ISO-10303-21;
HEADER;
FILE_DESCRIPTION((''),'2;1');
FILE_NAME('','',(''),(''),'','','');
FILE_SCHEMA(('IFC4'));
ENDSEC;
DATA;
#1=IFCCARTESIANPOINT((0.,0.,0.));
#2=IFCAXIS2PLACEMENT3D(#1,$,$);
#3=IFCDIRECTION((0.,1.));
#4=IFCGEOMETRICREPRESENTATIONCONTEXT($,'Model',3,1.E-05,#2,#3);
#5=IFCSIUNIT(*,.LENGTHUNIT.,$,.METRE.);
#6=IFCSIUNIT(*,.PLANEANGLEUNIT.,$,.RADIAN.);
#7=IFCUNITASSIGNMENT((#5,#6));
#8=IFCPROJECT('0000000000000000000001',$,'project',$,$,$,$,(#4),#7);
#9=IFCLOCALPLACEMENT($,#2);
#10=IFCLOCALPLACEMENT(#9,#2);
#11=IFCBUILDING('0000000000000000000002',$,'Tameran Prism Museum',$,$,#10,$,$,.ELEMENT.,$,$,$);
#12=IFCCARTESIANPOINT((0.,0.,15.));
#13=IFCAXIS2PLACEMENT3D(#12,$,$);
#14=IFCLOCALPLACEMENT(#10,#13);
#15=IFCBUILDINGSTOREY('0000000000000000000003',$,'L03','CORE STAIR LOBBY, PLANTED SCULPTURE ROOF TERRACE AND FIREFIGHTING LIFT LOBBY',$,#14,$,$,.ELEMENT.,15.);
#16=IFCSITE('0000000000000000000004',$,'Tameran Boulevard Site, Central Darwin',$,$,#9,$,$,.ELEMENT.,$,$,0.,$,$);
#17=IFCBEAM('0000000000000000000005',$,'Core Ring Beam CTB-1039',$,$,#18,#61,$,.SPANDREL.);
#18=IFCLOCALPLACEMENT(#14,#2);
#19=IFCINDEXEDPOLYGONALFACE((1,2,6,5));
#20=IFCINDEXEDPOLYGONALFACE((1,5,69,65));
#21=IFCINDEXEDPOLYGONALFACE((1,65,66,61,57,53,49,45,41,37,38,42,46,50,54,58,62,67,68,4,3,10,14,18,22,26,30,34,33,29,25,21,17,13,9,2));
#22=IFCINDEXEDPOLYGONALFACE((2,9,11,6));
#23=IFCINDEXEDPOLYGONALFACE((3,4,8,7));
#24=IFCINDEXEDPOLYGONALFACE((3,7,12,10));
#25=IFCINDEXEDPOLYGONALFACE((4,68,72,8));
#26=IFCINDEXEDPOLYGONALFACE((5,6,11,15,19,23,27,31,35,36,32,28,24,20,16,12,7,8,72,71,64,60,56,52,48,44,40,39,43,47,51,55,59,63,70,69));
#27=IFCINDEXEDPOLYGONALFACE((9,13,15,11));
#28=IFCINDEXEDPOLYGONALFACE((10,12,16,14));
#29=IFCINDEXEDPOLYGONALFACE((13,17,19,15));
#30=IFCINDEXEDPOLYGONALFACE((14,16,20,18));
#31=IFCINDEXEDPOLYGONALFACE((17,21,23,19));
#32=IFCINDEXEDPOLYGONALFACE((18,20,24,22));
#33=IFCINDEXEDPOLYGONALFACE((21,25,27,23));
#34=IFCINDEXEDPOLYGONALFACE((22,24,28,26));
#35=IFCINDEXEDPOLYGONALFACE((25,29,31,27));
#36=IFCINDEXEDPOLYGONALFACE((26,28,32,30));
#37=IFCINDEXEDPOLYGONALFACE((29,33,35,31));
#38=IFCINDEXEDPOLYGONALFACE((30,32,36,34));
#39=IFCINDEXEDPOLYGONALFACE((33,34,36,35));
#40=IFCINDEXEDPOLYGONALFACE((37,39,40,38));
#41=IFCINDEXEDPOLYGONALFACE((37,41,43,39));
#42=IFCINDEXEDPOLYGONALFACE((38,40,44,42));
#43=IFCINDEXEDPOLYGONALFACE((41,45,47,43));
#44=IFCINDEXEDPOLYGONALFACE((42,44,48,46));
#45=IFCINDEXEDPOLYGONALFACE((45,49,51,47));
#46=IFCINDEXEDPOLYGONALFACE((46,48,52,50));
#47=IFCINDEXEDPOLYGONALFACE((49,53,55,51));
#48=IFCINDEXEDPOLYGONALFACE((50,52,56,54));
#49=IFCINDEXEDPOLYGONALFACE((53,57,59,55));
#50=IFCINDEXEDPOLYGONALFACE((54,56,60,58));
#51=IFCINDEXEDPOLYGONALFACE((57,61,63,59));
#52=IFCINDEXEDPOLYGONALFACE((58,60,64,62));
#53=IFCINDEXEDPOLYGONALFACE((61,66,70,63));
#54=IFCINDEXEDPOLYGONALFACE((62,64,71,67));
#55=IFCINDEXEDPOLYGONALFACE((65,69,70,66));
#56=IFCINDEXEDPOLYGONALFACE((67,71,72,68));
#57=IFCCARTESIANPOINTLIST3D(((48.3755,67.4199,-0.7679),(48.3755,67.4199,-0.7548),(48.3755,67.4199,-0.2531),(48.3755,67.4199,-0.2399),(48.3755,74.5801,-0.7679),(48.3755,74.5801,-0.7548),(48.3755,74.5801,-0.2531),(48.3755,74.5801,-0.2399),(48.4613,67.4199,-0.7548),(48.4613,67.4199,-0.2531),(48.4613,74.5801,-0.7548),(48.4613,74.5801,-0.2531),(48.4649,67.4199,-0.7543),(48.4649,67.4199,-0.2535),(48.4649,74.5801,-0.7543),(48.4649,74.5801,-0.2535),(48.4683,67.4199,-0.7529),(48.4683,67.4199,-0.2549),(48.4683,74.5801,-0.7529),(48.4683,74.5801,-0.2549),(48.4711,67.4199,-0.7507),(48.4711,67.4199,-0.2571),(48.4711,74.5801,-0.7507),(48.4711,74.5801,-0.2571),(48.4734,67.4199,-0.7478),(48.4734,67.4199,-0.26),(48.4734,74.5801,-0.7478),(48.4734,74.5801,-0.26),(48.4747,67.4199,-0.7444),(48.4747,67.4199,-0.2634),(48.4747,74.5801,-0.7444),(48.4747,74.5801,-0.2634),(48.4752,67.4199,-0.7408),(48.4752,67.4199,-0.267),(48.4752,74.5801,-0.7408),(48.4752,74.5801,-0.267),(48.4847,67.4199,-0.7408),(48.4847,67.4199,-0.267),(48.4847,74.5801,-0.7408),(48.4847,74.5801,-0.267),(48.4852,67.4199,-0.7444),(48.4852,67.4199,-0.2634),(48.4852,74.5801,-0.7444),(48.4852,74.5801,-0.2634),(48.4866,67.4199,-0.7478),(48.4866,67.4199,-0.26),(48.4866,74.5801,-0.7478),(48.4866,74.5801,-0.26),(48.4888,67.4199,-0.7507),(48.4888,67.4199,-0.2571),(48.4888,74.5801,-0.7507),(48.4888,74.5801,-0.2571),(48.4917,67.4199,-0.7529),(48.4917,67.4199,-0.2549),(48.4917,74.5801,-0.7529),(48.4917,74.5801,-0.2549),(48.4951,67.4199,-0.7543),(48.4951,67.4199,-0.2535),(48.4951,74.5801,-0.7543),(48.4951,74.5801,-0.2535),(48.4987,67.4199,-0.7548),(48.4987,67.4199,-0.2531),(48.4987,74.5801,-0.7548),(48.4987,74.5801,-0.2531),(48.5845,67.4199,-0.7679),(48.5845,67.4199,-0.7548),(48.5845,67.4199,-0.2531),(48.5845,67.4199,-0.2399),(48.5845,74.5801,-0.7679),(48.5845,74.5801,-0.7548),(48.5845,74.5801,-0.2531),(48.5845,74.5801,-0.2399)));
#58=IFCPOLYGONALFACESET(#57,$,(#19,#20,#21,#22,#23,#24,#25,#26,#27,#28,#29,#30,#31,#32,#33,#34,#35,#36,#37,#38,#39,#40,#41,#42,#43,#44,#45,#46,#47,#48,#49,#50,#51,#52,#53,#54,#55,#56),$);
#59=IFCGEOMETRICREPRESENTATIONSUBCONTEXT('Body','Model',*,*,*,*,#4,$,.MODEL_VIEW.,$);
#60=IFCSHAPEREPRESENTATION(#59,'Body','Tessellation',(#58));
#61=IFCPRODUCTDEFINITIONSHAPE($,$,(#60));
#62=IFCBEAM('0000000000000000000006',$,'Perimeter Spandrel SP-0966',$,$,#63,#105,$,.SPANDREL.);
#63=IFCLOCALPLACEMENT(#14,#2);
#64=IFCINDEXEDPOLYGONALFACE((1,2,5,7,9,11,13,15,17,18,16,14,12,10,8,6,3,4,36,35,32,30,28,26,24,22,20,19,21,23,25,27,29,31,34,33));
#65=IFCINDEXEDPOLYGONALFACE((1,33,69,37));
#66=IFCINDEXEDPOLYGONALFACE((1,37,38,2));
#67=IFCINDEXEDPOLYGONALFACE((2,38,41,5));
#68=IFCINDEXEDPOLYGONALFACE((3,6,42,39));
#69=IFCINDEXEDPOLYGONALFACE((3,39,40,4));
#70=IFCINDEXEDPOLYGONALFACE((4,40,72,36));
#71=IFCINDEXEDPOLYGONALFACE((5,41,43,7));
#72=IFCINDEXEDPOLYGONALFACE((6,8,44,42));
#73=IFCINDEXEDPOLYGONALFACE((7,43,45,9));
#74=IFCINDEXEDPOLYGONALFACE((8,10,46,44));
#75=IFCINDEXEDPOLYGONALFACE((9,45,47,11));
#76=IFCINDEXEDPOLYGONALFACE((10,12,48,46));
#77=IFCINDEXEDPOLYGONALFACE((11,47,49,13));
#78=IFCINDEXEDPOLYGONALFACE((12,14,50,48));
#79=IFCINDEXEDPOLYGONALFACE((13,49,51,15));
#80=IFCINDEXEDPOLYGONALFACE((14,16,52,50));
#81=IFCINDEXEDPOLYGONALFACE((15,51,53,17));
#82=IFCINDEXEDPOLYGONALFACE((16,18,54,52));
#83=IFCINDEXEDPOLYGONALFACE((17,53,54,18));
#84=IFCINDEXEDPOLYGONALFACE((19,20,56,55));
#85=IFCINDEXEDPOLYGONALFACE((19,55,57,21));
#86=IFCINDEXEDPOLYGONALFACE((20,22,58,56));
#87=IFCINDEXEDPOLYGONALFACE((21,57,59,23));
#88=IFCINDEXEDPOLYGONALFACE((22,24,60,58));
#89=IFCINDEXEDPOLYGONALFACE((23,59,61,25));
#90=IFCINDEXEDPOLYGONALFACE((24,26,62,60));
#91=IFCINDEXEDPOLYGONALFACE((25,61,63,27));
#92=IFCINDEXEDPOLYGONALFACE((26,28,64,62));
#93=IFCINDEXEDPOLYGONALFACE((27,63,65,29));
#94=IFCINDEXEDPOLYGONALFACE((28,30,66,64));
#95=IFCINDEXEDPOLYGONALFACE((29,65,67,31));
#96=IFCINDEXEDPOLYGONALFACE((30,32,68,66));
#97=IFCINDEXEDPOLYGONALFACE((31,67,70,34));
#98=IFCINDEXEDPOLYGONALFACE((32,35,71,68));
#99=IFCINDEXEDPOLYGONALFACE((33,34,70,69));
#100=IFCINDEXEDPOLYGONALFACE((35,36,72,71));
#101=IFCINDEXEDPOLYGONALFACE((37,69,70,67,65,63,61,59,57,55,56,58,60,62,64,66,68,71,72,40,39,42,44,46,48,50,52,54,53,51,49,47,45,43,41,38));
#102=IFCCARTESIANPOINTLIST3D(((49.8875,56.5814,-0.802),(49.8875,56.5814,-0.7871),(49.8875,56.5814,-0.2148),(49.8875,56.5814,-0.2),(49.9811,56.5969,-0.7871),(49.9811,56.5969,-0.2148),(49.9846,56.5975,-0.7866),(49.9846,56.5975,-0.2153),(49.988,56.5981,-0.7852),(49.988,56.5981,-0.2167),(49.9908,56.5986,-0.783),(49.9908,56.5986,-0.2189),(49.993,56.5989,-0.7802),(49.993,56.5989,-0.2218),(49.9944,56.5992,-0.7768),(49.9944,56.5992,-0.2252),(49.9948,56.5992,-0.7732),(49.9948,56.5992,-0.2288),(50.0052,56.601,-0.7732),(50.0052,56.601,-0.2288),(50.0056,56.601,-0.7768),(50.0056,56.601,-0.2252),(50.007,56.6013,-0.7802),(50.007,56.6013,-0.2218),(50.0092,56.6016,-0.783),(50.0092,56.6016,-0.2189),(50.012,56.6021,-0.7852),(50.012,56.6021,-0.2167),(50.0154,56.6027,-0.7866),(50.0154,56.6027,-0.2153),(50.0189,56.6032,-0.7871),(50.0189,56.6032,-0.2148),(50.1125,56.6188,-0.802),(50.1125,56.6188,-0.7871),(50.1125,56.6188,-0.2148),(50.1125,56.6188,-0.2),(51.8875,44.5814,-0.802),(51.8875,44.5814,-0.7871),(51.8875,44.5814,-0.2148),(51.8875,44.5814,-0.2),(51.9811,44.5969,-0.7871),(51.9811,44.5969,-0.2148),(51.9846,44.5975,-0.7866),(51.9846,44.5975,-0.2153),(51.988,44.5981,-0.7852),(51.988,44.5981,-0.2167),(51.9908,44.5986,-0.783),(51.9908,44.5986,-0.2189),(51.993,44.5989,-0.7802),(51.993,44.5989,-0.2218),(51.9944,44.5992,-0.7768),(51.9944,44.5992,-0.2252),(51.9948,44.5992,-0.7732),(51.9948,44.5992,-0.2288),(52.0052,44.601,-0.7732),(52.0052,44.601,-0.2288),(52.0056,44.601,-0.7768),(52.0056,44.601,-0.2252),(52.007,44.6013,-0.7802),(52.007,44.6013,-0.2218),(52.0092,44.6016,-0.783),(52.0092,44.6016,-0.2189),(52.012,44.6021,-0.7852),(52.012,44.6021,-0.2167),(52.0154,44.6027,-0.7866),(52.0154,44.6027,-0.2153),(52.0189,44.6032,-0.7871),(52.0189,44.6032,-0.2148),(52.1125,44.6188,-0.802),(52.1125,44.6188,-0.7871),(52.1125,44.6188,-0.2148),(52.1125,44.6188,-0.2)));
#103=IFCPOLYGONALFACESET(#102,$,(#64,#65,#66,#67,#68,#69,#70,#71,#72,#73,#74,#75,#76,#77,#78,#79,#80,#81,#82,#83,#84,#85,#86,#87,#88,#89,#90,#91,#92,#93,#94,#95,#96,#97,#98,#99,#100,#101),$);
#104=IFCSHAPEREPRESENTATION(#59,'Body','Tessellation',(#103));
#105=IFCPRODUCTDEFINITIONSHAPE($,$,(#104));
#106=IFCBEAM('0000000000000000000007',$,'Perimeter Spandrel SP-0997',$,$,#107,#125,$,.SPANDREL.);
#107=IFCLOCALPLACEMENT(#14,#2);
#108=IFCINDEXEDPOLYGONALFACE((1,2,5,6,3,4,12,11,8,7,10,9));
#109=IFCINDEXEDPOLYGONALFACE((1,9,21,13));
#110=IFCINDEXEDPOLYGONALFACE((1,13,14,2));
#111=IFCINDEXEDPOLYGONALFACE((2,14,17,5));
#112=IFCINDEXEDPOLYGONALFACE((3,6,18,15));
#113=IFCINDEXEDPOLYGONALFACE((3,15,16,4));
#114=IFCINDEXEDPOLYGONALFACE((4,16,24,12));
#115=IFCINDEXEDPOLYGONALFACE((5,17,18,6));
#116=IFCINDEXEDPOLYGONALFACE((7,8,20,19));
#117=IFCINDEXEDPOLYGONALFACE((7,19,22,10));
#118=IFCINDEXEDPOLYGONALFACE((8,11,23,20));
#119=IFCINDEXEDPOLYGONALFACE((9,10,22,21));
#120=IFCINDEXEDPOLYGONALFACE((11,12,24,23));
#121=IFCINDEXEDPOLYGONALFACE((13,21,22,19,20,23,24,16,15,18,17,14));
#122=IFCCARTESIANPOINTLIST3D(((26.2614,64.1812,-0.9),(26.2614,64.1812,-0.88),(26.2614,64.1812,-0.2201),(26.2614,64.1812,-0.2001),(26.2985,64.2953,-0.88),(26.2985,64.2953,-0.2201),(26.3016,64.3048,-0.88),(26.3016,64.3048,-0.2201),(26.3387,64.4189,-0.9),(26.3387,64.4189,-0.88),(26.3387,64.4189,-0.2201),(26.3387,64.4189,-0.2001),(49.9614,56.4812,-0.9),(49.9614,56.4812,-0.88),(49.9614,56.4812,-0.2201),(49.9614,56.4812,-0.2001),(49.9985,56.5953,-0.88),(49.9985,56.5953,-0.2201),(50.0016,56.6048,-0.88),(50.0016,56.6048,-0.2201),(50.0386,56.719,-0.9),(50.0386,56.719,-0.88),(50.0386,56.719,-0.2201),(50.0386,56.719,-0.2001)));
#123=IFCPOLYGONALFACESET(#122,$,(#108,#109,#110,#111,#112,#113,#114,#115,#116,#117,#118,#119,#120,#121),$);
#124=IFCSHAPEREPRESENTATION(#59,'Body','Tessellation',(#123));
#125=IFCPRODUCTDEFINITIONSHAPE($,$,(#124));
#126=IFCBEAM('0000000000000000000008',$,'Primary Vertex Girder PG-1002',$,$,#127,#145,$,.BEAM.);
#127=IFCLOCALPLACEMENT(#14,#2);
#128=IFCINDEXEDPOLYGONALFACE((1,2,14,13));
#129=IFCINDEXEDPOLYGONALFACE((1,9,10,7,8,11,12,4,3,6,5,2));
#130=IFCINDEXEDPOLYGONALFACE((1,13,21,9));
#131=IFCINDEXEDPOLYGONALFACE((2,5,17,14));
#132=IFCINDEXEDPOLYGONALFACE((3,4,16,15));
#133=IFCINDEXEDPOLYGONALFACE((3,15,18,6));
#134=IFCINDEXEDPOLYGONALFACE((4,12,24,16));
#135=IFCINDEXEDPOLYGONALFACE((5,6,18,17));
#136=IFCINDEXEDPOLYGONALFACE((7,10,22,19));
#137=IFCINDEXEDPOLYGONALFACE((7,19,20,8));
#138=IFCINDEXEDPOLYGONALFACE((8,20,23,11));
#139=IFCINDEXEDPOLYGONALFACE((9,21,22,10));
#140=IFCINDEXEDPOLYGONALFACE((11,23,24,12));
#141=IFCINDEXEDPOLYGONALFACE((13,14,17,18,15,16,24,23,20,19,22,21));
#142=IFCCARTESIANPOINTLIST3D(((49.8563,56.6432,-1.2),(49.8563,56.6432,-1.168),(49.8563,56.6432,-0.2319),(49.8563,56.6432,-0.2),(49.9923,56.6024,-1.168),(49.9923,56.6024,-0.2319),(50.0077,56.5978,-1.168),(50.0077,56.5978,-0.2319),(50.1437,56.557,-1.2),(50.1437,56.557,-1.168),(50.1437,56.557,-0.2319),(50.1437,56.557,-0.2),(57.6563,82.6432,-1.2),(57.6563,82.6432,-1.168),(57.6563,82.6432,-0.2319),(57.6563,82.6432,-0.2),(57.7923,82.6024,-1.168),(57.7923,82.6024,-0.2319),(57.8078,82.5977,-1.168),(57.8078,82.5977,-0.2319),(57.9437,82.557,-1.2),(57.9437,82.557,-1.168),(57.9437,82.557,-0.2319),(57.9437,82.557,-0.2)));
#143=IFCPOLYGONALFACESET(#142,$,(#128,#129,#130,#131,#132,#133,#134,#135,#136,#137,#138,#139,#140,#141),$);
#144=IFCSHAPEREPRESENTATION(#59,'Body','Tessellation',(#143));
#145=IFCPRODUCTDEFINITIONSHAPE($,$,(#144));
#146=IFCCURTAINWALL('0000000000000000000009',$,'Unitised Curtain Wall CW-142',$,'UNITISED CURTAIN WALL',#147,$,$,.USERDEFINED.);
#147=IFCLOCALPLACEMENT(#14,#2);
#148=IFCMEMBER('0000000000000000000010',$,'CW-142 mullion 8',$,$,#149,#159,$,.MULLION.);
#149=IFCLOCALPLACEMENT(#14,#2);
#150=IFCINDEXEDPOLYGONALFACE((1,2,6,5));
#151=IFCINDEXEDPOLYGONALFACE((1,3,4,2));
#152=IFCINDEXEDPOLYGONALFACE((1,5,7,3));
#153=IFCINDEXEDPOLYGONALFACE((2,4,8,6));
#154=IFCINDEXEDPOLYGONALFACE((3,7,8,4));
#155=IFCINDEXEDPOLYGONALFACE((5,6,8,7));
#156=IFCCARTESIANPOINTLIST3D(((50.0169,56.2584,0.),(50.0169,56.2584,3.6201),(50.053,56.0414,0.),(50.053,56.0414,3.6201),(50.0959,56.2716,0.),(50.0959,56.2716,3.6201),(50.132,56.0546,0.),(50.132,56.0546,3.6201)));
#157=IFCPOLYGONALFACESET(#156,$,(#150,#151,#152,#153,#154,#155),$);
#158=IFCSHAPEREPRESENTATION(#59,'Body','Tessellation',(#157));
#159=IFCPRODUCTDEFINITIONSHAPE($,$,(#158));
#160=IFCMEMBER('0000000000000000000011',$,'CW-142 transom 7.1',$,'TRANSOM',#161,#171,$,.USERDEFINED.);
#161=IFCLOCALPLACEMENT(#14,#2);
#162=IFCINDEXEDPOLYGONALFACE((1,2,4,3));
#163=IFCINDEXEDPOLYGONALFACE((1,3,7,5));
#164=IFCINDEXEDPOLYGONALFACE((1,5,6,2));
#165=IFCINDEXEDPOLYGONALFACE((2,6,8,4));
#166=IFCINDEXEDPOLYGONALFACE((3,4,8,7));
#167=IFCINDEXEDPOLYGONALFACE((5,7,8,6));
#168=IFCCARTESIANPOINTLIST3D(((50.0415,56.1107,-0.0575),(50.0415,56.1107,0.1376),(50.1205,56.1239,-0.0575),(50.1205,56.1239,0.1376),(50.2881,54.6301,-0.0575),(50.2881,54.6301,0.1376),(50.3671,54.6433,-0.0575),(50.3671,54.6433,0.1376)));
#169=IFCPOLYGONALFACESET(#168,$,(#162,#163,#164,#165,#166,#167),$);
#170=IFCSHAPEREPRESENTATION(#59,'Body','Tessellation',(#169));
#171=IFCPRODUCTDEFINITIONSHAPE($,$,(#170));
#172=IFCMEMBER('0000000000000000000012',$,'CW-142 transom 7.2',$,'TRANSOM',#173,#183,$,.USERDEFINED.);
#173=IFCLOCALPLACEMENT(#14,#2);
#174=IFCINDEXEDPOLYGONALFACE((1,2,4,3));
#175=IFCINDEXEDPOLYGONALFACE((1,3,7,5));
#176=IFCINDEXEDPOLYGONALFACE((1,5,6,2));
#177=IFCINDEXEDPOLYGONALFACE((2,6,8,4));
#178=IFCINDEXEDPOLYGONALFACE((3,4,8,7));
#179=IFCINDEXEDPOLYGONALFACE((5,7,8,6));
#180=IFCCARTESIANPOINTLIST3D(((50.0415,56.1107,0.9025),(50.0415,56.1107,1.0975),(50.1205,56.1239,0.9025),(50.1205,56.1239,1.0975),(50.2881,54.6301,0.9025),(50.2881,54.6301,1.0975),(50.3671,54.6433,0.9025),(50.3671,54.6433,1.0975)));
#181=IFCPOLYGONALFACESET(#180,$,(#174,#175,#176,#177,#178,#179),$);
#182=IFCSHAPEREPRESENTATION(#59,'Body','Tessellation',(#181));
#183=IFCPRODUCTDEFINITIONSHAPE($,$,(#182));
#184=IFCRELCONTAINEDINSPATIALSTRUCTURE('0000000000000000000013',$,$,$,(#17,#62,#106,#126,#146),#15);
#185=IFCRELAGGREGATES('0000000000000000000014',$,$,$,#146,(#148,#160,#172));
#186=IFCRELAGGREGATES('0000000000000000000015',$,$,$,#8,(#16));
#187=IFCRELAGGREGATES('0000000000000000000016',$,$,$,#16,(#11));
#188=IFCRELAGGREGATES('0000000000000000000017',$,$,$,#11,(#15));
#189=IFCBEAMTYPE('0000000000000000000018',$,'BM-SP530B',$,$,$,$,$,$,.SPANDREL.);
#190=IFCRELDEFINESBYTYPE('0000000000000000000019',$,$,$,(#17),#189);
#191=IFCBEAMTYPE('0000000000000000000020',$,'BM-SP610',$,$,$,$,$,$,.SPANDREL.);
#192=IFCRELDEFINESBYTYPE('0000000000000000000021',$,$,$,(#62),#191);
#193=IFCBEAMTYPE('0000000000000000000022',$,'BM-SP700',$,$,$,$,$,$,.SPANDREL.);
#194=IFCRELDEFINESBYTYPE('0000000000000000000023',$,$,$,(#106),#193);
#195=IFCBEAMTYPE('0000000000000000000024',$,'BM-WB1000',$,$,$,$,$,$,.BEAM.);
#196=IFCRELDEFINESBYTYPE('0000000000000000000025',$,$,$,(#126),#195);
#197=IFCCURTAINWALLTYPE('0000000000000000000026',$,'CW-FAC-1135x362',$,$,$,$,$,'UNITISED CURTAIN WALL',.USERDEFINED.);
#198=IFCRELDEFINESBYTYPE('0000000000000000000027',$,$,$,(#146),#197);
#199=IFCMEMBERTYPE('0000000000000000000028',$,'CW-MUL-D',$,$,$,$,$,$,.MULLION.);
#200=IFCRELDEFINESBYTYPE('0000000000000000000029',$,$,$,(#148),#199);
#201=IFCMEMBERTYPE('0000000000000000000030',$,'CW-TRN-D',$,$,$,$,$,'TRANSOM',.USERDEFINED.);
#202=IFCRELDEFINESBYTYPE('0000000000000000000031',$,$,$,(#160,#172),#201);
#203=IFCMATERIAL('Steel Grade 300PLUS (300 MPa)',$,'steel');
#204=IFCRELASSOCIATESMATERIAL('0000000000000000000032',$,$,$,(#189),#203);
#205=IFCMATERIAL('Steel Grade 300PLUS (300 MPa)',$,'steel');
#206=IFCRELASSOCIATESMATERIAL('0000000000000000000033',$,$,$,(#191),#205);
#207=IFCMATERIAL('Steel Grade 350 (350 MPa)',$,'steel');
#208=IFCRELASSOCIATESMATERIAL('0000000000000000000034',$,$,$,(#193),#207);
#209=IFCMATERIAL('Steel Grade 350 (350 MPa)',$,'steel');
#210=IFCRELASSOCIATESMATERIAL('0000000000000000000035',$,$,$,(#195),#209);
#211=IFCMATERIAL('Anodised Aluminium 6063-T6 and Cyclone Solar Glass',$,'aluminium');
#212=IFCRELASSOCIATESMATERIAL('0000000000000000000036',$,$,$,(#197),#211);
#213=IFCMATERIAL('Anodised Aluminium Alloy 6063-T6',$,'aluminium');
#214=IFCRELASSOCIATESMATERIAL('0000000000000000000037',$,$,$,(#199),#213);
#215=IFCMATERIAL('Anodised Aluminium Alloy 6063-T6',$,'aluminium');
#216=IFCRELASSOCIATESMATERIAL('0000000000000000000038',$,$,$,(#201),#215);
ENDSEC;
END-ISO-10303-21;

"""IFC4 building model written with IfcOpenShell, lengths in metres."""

from ifc_helpers import new_model, si_unit, direction, frame, origin, origin_2d, place, context, subcontext, project, spatial, rectangle, i_section, extrude, material, material_profile, profile_set, type_object, element, aggregate, save


model = new_model("IFC4")

# Units and contexts
model_context = context("Model", 3, precision=1e-05, world=origin(), true_north=direction((0.0, 1.0)))
body_context = subcontext(model_context, "Body", "Model", "MODEL_VIEW")
ifc_project = project(units=[si_unit("LENGTHUNIT", "METRE"), si_unit("PLANEANGLEUNIT", "RADIAN")], contexts=[model_context])

# Site, building, storey
site_placement = place(None, origin())
site = spatial("IfcSite", under=ifc_project, at=site_placement, Name="Tameran Boulevard Site, Central Darwin", CompositionType="ELEMENT", RefElevation=0.0)
building_placement = place(site_placement, origin())
building = spatial("IfcBuilding", under=site, at=building_placement, Name="Tameran Prism Museum", CompositionType="ELEMENT")
storey_placement = place(building_placement, frame((0.0, 0.0, 15.0)))
storey = spatial("IfcBuildingStorey", under=building, at=storey_placement, Name="L03", Description="CORE STAIR LOBBY, PLANTED SCULPTURE ROOF TERRACE AND FIREFIGHTING LIFT LOBBY", CompositionType="ELEMENT", Elevation=15.0)

# Beams
ifc_material_1 = material(Name="Steel Grade 300PLUS (300 MPa)", Category="steel")
ifc_material_profile_1 = material_profile(ifc_material_1, i_section(OverallWidth=0.209, OverallDepth=0.5281, WebThickness=0.0095, FlangeThickness=0.0132, FilletRadius=0.0139, at=origin_2d()))
ifc_profile_set_1 = profile_set([ifc_material_profile_1])
beam_type_1 = type_object("IfcBeamType", Name="BM-SP530B", PredefinedType="SPANDREL", material=ifc_profile_set_1)
beam_1_placement = place(storey_placement, frame((48.48, 67.4199, -0.5039), z_axis=(0.0, 1.0, 0.0), x_axis=(-1.0, 0.0, 0.0)))
element("IfcBeam", 1, at=beam_1_placement, inside=storey, type_object=beam_type_1, Name="Core Ring Beam CTB-1039", PredefinedType="SPANDREL", context=body_context, shape_type="SweptSolid", body=[
    extrude(i_section(OverallWidth=0.209, OverallDepth=0.5281, WebThickness=0.0095, FlangeThickness=0.0132, FilletRadius=0.0139, at=origin_2d()), origin(), (0.0, 0.0, 1.0), 7.1602),
])
ifc_material_2 = material(Name="Steel Grade 300PLUS (300 MPa)", Category="steel")
ifc_material_profile_2 = material_profile(ifc_material_2, i_section(OverallWidth=0.228, OverallDepth=0.6021, WebThickness=0.0105, FlangeThickness=0.0149, FilletRadius=0.0139, at=origin_2d()))
ifc_profile_set_2 = profile_set([ifc_material_profile_2])
beam_type_2 = type_object("IfcBeamType", Name="BM-SP610", PredefinedType="SPANDREL", material=ifc_profile_set_2)
beam_2_placement = place(storey_placement, frame((50.0, 56.6001, -0.501), z_axis=(0.164399, -0.986394, 0.0), x_axis=(0.986394, 0.164399, 0.0)))
element("IfcBeam", 2, at=beam_2_placement, inside=storey, type_object=beam_type_2, Name="Perimeter Spandrel SP-0966", PredefinedType="SPANDREL", context=body_context, shape_type="SweptSolid", body=[
    extrude(i_section(OverallWidth=0.228, OverallDepth=0.6021, WebThickness=0.0105, FlangeThickness=0.0149, FilletRadius=0.0139, at=origin_2d()), origin(), (0.0, 0.0, 1.0), 12.1655),
])
ifc_material_3 = material(Name="Steel Grade 350 (350 MPa)", Category="steel")
ifc_material_profile_3 = material_profile(ifc_material_3, i_section(OverallWidth=0.25, OverallDepth=0.7, WebThickness=0.01, FlangeThickness=0.02, at=origin_2d()))
ifc_profile_set_3 = profile_set([ifc_material_profile_3])
beam_type_3 = type_object("IfcBeamType", Name="BM-SP700", PredefinedType="SPANDREL", material=ifc_profile_set_3)
beam_3_placement = place(storey_placement, frame((26.3, 64.3, -0.55), z_axis=(0.951064, -0.308994, 0.0), x_axis=(0.308994, 0.951064, 0.0)))
element("IfcBeam", 3, at=beam_3_placement, inside=storey, type_object=beam_type_3, Name="Perimeter Spandrel SP-0997", PredefinedType="SPANDREL", context=body_context, shape_type="SweptSolid", body=[
    extrude(i_section(OverallWidth=0.25, OverallDepth=0.7, WebThickness=0.01, FlangeThickness=0.02, at=origin_2d()), origin(), (0.0, 0.0, 1.0), 24.9194),
])
ifc_material_4 = material(Name="Steel Grade 350 (350 MPa)", Category="steel")
ifc_material_profile_4 = material_profile(ifc_material_4, i_section(OverallWidth=0.3, OverallDepth=1.0, WebThickness=0.0161, FlangeThickness=0.032, at=origin_2d()))
ifc_profile_set_4 = profile_set([ifc_material_profile_4])
beam_type_4 = type_object("IfcBeamType", Name="BM-WB1000", PredefinedType="BEAM", material=ifc_profile_set_4)
beam_4_placement = place(storey_placement, frame((50.0, 56.6001, -0.7), z_axis=(0.28735, 0.957826, 0.0), x_axis=(-0.957826, 0.28735, 0.0)))
element("IfcBeam", 4, at=beam_4_placement, inside=storey, type_object=beam_type_4, Name="Primary Vertex Girder PG-1002", PredefinedType="BEAM", context=body_context, shape_type="SweptSolid", body=[
    extrude(i_section(OverallWidth=0.3, OverallDepth=1.0, WebThickness=0.0161, FlangeThickness=0.032, at=origin_2d()), origin(), (0.0, 0.0, 1.0), 27.1448),
])

# Curtain wall, members
ifc_material_5 = material(Name="Anodised Aluminium 6063-T6 and Cyclone Solar Glass", Category="aluminium")
curtain_wall_type = type_object("IfcCurtainWallType", Name="CW-FAC-1135x362", ElementType="UNITISED CURTAIN WALL", PredefinedType="USERDEFINED", material=ifc_material_5)
curtain_wall_placement = place(storey_placement, origin())
curtain_wall = element("IfcCurtainWall", 5, at=curtain_wall_placement, inside=storey, type_object=curtain_wall_type, Name="Unitised Curtain Wall CW-142", ObjectType="UNITISED CURTAIN WALL", PredefinedType="USERDEFINED")
ifc_material_6 = material(Name="Anodised Aluminium Alloy 6063-T6", Category="aluminium")
ifc_material_profile_5 = material_profile(ifc_material_6, rectangle(XDim=0.0801, YDim=0.22, at=origin_2d()))
ifc_profile_set_5 = profile_set([ifc_material_profile_5])
member_type_1 = type_object("IfcMemberType", Name="CW-MUL-D", PredefinedType="MULLION", material=ifc_profile_set_5)
member_1_placement = place(storey_placement, frame((50.0745, 56.1565, 0.0), z_axis=(0.0, 0.0, 1.0), x_axis=(-0.986413, -0.164285, 0.0)))
member_1 = element("IfcMember", 6, at=member_1_placement, type_object=member_type_1, Name="CW-142 mullion 8", PredefinedType="MULLION", context=body_context, shape_type="SweptSolid", body=[
    extrude(rectangle(XDim=0.0801, YDim=0.22, at=origin_2d()), origin(), (0.0, 0.0, 1.0), 3.6201),
])
ifc_material_7 = material(Name="Anodised Aluminium Alloy 6063-T6", Category="aluminium")
ifc_material_profile_6 = material_profile(ifc_material_7, rectangle(XDim=0.0801, YDim=0.1951, at=origin_2d()))
ifc_profile_set_6 = profile_set([ifc_material_profile_6])
member_type_2 = type_object("IfcMemberType", Name="CW-TRN-D", ElementType="TRANSOM", PredefinedType="USERDEFINED", material=ifc_profile_set_6)
member_2_placement = place(storey_placement, frame((50.3276, 54.6367, 0.04), z_axis=(-0.164293, 0.986412, 0.0), x_axis=(-0.986412, -0.164293, 0.0)))
member_2 = element("IfcMember", 7, at=member_2_placement, type_object=member_type_2, Name="CW-142 transom 7.1", ObjectType="TRANSOM", PredefinedType="USERDEFINED", context=body_context, shape_type="SweptSolid", body=[
    extrude(rectangle(XDim=0.0801, YDim=0.1951, at=origin_2d()), origin(), (0.0, 0.0, 1.0), 1.501),
])
member_3_placement = place(storey_placement, frame((50.3276, 54.6367, 1.0), z_axis=(-0.164293, 0.986412, 0.0), x_axis=(-0.986412, -0.164293, 0.0)))
member_3 = element("IfcMember", 8, at=member_3_placement, type_object=member_type_2, Name="CW-142 transom 7.2", ObjectType="TRANSOM", PredefinedType="USERDEFINED", context=body_context, shape_type="SweptSolid", body=[
    extrude(rectangle(XDim=0.0801, YDim=0.1951, at=origin_2d()), origin(), (0.0, 0.0, 1.0), 1.501),
])
aggregate(curtain_wall, [member_1, member_2, member_3])

save(model, "model.ifc")
